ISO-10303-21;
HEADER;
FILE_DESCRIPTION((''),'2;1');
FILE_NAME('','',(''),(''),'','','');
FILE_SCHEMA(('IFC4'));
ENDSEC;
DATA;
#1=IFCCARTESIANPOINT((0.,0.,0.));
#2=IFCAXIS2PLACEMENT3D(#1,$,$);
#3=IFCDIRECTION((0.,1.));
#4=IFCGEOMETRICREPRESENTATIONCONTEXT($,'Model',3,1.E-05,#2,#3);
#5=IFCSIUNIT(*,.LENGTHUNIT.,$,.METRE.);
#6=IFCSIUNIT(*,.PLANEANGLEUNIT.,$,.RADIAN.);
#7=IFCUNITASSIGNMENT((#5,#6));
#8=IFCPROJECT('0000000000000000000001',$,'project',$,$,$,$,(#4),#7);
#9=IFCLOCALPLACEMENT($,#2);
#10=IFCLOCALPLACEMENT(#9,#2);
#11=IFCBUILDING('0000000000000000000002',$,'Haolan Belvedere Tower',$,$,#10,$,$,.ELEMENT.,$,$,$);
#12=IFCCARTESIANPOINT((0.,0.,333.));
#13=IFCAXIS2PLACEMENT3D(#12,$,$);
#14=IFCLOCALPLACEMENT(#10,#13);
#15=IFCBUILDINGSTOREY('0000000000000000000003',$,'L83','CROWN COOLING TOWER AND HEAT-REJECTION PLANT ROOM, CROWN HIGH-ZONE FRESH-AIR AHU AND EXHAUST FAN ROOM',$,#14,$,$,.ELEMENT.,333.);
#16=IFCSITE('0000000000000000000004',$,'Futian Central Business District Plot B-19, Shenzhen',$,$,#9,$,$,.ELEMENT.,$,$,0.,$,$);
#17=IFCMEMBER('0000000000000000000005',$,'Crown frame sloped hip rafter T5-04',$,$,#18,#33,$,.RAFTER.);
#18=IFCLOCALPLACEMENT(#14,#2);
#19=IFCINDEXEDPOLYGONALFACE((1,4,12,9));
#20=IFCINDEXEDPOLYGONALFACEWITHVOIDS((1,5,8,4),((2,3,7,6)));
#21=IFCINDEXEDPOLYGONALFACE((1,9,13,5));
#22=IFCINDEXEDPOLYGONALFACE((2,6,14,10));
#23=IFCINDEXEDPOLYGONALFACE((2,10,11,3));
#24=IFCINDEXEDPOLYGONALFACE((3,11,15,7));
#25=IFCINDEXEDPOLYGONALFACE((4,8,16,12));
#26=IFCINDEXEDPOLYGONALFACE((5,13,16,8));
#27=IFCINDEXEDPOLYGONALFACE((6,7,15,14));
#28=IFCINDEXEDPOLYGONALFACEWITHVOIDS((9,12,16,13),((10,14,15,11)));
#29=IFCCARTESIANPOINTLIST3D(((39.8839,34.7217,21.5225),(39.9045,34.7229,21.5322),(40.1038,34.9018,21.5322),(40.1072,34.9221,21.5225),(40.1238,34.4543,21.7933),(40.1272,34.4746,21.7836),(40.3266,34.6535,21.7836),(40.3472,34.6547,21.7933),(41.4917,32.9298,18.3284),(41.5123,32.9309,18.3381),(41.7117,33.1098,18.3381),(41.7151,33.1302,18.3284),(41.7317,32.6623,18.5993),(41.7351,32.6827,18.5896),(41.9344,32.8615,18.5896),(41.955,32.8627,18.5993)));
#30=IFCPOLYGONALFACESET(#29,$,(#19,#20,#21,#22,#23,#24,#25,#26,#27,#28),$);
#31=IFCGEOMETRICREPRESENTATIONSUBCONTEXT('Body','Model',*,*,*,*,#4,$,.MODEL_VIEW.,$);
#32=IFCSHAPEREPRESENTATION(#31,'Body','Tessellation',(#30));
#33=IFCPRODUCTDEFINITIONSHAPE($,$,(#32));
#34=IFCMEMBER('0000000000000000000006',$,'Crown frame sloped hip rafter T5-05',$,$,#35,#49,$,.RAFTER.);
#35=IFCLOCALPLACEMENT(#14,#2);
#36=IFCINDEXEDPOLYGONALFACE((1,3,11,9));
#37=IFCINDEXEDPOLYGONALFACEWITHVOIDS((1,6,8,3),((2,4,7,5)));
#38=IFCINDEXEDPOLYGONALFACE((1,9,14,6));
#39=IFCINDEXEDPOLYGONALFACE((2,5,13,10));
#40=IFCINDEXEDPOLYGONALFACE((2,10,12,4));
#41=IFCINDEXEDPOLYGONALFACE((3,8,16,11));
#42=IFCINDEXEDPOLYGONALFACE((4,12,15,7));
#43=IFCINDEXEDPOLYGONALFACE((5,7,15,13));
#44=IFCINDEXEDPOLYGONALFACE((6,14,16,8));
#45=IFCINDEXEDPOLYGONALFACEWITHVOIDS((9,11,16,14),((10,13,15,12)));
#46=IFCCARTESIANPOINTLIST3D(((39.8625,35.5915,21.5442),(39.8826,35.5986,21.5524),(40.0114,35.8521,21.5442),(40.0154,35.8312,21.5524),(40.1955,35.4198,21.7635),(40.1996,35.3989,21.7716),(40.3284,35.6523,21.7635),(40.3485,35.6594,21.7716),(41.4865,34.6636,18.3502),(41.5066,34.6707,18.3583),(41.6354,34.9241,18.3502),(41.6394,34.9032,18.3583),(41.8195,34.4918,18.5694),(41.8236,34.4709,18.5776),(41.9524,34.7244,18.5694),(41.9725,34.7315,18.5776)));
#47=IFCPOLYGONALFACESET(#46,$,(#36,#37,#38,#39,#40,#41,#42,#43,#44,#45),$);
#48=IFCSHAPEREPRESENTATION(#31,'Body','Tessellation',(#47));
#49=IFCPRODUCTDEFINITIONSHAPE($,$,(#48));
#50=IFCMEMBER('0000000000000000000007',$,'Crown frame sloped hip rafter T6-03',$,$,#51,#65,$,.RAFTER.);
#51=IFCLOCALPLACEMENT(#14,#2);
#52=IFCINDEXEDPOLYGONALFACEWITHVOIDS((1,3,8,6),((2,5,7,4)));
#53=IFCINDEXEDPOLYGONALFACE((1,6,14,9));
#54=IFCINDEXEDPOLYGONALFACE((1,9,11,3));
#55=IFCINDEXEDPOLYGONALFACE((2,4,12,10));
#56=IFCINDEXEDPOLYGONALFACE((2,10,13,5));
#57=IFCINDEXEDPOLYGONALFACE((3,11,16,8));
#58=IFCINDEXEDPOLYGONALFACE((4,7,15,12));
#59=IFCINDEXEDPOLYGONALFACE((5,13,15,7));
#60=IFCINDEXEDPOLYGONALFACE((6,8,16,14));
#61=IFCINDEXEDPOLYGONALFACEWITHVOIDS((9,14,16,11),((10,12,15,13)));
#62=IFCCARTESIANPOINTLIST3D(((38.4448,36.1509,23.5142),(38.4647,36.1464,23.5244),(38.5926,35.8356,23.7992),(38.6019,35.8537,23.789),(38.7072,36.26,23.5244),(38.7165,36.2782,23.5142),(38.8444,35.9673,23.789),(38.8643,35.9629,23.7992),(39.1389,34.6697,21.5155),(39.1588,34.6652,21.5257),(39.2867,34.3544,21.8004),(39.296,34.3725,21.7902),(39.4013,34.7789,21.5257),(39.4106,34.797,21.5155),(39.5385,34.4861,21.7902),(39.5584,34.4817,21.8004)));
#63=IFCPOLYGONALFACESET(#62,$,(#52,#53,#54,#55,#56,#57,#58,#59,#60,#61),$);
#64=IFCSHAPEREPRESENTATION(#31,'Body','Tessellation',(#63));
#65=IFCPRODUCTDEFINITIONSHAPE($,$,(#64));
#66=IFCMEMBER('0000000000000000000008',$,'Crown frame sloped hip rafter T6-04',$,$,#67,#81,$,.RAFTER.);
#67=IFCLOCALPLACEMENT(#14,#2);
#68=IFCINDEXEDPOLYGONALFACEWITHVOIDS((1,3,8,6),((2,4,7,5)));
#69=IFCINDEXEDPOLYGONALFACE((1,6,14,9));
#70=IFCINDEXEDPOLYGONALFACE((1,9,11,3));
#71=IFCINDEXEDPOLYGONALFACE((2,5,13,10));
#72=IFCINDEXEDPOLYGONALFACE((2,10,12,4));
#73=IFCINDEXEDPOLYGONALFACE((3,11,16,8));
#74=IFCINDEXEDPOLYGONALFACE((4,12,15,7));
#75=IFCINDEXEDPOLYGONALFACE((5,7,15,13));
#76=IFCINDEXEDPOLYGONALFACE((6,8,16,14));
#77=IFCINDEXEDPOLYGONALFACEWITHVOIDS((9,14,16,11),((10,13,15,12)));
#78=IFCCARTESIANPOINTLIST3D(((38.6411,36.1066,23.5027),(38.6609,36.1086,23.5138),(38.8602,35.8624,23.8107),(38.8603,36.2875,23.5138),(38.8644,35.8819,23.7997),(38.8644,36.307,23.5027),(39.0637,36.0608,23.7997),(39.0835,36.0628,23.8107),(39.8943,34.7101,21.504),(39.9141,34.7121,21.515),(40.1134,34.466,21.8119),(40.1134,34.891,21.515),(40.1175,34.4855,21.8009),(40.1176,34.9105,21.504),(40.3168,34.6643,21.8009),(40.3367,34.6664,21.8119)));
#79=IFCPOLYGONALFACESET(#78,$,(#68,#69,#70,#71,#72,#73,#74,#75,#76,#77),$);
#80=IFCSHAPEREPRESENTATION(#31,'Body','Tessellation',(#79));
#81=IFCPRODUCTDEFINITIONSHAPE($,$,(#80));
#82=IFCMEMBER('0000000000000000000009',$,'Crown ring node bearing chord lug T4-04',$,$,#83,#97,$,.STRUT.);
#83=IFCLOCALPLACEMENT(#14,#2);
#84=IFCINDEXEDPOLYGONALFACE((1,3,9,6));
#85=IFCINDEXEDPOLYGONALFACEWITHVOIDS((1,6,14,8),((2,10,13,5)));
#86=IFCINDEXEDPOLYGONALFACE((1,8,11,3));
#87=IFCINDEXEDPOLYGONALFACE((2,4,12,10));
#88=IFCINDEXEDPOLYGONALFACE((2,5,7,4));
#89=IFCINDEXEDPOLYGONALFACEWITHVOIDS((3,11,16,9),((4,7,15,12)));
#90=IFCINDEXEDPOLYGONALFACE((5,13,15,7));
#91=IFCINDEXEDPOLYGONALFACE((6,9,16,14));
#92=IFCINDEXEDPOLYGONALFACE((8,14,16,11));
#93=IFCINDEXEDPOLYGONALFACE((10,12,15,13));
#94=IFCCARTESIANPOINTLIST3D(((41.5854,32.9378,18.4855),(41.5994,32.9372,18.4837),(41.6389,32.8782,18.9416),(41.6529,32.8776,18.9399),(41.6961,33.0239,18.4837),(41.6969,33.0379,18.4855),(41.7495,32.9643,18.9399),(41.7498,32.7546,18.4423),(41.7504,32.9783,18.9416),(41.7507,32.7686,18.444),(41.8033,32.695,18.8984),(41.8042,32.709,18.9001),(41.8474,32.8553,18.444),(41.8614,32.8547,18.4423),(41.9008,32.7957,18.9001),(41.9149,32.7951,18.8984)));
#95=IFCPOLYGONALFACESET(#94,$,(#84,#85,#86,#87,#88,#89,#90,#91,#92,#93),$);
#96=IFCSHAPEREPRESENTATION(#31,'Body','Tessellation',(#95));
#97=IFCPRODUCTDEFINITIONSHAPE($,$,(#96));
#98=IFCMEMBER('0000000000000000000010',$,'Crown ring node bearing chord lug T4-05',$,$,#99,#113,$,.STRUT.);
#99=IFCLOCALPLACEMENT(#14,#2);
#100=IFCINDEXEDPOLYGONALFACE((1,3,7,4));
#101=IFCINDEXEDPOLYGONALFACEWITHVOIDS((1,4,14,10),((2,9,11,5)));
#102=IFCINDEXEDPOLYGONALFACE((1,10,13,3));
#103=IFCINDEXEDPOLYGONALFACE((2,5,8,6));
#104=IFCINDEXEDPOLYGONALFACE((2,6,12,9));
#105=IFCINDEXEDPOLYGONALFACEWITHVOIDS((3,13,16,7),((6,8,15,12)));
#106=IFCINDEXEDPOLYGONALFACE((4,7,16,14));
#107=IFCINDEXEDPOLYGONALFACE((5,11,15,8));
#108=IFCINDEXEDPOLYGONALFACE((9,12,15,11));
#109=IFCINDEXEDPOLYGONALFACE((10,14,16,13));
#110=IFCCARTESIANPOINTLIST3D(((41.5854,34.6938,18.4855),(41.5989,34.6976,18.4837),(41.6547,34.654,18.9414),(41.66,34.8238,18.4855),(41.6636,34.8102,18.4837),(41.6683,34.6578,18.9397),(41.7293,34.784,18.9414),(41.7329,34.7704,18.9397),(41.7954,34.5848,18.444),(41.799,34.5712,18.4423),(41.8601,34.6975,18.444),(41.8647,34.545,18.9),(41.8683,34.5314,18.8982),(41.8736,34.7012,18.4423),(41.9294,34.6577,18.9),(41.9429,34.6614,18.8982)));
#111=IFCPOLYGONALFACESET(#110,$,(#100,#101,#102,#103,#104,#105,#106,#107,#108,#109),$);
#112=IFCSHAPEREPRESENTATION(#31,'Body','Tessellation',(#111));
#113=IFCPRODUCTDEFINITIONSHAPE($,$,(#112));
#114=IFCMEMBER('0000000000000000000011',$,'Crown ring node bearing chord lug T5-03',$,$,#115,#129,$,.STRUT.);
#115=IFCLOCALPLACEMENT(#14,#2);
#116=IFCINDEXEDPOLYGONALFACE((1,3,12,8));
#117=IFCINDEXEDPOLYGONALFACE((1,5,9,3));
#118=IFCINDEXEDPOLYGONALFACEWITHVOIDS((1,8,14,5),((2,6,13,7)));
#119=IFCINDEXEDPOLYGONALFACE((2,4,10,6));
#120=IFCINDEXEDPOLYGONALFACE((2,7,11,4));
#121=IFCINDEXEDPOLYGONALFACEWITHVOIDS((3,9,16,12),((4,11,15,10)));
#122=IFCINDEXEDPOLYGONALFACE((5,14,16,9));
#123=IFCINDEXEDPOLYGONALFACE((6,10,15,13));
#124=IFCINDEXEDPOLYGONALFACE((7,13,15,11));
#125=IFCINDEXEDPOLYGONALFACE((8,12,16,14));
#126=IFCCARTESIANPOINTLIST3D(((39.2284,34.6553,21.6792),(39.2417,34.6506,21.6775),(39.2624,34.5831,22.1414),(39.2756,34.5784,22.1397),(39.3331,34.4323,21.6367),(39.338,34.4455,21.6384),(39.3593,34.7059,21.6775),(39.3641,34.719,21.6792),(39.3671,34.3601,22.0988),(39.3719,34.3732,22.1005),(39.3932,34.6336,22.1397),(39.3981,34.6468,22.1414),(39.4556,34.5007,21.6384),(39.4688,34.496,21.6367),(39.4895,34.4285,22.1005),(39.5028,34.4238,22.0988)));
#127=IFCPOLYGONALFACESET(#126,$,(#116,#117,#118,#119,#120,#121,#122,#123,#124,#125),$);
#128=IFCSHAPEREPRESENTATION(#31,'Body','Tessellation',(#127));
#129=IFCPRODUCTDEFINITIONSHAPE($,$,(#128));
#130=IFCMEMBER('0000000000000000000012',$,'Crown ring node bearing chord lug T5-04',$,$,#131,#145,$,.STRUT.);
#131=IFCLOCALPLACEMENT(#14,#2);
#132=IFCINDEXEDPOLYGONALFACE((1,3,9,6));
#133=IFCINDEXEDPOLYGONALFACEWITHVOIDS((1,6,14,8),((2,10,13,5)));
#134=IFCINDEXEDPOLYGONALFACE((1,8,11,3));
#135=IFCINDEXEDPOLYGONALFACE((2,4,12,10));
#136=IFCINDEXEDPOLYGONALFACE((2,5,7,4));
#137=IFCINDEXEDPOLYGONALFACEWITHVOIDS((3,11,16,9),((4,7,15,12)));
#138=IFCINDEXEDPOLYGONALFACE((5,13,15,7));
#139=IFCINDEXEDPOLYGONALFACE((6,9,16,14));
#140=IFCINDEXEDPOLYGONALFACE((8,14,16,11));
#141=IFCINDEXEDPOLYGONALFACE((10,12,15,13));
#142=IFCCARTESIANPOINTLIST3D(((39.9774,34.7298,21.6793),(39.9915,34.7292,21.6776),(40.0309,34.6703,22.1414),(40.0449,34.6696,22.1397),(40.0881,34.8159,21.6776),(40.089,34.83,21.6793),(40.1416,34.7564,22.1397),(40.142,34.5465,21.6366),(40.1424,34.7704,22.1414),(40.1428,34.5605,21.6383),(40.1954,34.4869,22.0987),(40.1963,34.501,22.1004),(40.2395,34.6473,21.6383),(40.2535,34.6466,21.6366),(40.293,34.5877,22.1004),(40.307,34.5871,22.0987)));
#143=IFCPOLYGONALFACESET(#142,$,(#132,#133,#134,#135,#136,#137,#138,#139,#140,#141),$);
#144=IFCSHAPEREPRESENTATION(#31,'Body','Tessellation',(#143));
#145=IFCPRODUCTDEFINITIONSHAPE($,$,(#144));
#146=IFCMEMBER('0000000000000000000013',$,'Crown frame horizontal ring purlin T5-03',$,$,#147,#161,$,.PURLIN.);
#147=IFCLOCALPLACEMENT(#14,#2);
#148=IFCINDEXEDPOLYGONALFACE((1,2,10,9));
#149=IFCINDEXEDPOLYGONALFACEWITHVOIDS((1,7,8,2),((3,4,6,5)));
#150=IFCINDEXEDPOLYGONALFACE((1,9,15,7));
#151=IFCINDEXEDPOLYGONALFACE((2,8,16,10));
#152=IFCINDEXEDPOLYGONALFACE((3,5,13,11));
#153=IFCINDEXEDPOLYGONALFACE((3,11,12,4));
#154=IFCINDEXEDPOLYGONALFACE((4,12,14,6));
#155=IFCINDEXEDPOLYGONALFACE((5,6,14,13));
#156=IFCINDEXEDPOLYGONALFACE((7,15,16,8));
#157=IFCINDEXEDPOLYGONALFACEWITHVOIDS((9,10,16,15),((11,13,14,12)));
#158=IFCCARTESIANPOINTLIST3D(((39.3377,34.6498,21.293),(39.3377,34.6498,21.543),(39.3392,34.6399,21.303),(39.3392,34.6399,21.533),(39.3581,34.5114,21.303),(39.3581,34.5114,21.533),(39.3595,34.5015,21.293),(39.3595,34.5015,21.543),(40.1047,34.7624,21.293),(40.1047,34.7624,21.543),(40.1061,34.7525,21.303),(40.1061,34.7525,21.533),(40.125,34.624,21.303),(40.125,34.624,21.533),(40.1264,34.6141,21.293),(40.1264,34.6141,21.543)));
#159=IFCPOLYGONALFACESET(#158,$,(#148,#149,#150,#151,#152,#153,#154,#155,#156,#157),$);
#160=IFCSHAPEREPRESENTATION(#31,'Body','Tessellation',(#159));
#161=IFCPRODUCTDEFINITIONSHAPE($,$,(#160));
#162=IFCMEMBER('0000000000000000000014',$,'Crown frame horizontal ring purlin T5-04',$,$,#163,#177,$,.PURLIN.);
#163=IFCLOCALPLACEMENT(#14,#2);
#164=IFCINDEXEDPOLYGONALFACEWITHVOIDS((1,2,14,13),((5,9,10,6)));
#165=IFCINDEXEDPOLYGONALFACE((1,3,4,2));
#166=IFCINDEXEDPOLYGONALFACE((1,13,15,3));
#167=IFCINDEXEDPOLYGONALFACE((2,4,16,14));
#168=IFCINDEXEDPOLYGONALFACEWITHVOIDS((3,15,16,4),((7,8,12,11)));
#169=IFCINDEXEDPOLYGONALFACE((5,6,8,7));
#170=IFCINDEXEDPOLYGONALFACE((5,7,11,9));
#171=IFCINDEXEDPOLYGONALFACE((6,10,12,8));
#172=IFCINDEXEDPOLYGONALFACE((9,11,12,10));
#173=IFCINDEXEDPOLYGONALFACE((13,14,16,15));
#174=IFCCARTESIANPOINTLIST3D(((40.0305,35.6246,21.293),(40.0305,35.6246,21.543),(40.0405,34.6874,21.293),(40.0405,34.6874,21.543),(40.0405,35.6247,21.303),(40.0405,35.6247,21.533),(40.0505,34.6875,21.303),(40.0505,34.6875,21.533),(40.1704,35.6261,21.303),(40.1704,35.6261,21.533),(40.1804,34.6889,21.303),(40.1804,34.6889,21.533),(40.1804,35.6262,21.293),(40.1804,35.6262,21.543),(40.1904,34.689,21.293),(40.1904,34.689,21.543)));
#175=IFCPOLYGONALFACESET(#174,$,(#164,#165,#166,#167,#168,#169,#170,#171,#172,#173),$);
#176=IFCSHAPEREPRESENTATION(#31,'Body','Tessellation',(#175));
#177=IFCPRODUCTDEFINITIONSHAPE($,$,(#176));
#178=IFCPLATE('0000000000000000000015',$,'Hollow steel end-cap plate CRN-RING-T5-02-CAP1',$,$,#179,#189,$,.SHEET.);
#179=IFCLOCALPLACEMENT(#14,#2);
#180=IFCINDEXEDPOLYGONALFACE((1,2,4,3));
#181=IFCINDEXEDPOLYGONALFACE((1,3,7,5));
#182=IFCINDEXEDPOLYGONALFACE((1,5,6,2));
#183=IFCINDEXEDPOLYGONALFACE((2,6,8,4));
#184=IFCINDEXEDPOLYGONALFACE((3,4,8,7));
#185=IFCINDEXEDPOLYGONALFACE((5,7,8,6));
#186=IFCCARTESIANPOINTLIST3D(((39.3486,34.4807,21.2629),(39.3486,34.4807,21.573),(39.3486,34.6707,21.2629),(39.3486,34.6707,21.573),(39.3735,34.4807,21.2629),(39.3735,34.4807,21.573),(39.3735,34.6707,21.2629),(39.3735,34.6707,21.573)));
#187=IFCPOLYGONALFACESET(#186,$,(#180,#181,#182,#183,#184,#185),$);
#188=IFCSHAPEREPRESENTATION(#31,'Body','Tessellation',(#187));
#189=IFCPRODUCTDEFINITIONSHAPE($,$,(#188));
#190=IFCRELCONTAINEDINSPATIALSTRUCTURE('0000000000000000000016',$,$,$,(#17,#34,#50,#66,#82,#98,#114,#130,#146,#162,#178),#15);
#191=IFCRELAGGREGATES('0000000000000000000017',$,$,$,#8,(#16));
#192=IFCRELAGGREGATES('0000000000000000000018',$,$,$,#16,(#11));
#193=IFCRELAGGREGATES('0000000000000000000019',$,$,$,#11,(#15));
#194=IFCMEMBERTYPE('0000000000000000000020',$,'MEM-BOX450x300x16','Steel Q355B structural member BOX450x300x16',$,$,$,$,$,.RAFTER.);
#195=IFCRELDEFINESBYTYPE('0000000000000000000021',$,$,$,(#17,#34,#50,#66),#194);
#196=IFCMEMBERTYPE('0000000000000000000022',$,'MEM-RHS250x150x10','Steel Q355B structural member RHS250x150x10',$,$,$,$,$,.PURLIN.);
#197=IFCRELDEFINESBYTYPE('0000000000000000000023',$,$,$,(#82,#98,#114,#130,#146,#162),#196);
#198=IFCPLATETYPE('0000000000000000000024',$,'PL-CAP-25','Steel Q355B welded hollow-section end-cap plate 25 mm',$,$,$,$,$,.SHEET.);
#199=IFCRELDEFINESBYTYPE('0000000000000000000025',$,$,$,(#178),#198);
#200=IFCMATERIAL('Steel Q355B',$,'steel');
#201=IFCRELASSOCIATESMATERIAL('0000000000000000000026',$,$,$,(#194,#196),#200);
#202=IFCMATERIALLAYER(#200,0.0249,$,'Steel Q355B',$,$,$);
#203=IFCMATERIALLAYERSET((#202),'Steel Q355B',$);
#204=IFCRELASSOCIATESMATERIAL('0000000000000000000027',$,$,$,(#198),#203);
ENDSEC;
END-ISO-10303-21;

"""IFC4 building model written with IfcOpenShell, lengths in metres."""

from ifc_helpers import new_model, si_unit, direction, frame, origin, origin_2d, place, context, subcontext, project, spatial, rectangle, hollow_rectangle, extrude, material, layer, layer_set, material_profile, profile_set, type_object, element, save


model = new_model("IFC4")

# Units and contexts
model_context = context("Model", 3, precision=1e-05, world=origin(), true_north=direction((0.0, 1.0)))
body_context = subcontext(model_context, "Body", "Model", "MODEL_VIEW")
ifc_project = project(units=[si_unit("LENGTHUNIT", "METRE"), si_unit("PLANEANGLEUNIT", "RADIAN")], contexts=[model_context])

# Site, building, storey
site_placement = place(None, origin())
site = spatial("IfcSite", under=ifc_project, at=site_placement, Name="Futian Central Business District Plot B-19, Shenzhen", CompositionType="ELEMENT", RefElevation=0.0)
building_placement = place(site_placement, origin())
building = spatial("IfcBuilding", under=site, at=building_placement, Name="Haolan Belvedere Tower", CompositionType="ELEMENT")
storey_placement = place(building_placement, frame((0.0, 0.0, 333.0)))
storey = spatial("IfcBuildingStorey", under=building, at=storey_placement, Name="L83", Description="CROWN COOLING TOWER AND HEAT-REJECTION PLANT ROOM, CROWN HIGH-ZONE FRESH-AIR AHU AND EXHAUST FAN ROOM", CompositionType="ELEMENT", Elevation=333.0)

# Members
ifc_material_1 = material(Name="Steel Q355B", Category="steel")
ifc_material_profile_1 = material_profile(ifc_material_1, hollow_rectangle(XDim=0.3, YDim=0.45, WallThickness=0.0161, at=origin_2d()), Name="Steel Q355B")
ifc_profile_set_1 = profile_set([ifc_material_profile_1], Name="Steel Q355B")
member_type_1 = type_object("IfcMemberType", Name="MEM-BOX450x300x16", Description="Steel Q355B structural member BOX450x300x16", PredefinedType="RAFTER", material=ifc_profile_set_1)
member_1_placement = place(storey_placement, frame((41.7234, 32.8962, 18.4639), z_axis=(-0.401992, 0.448014, 0.798552), x_axis=(-0.744302, -0.667843, 0.0)))
element("IfcMember", 1, at=member_1_placement, inside=storey, type_object=member_type_1, Name="Crown frame sloped hip rafter T5-04", PredefinedType="RAFTER", context=body_context, shape_type="SweptSolid", body=[
    extrude(hollow_rectangle(XDim=0.3, YDim=0.45, WallThickness=0.0161, at=origin_2d()), origin(), (0.0, 0.0, 1.0), 3.9998),
])
member_2_placement = place(storey_placement, frame((41.7295, 34.6975, 18.4639), z_axis=(-0.438752, 0.250706, 0.862927), x_axis=(-0.496125, -0.868251, 0.0)))
element("IfcMember", 2, at=member_2_placement, inside=storey, type_object=member_type_1, Name="Crown frame sloped hip rafter T5-05", PredefinedType="RAFTER", context=body_context, shape_type="SweptSolid", body=[
    extrude(hollow_rectangle(XDim=0.3, YDim=0.45, WallThickness=0.0161, at=origin_2d()), origin(), (0.0, 0.0, 1.0), 3.7014),
])
member_3_placement = place(storey_placement, frame((39.3486, 34.5757, 21.658), z_axis=(-0.268737, 0.573487, 0.773882), x_axis=(-0.905511, -0.424323, 0.0)))
element("IfcMember", 3, at=member_3_placement, inside=storey, type_object=member_type_1, Name="Crown frame sloped hip rafter T6-03", PredefinedType="RAFTER", context=body_context, shape_type="SweptSolid", body=[
    extrude(hollow_rectangle(XDim=0.3, YDim=0.45, WallThickness=0.0161, at=origin_2d()), origin(), (0.0, 0.0, 1.0), 2.5828),
])
member_4_placement = place(storey_placement, frame((40.1155, 34.6882, 21.658), z_axis=(-0.457115, 0.50939, 0.729087), x_axis=(-0.744264, -0.667886, 0.0)))
element("IfcMember", 4, at=member_4_placement, inside=storey, type_object=member_type_1, Name="Crown frame sloped hip rafter T6-04", PredefinedType="RAFTER", context=body_context, shape_type="SweptSolid", body=[
    extrude(hollow_rectangle(XDim=0.3, YDim=0.45, WallThickness=0.0161, at=origin_2d()), origin(), (0.0, 0.0, 1.0), 2.7415),
])
ifc_material_profile_2 = material_profile(ifc_material_1, hollow_rectangle(XDim=0.1499, YDim=0.25, WallThickness=0.01, at=origin_2d()), Name="Steel Q355B")
ifc_profile_set_2 = profile_set([ifc_material_profile_2], Name="Steel Q355B")
member_type_2 = type_object("IfcMemberType", Name="MEM-RHS250x150x10", Description="Steel Q355B structural member RHS250x150x10", PredefinedType="PURLIN", material=ifc_profile_set_2)
member_5_placement = place(storey_placement, frame((41.7234, 32.8962, 18.4639), z_axis=(0.115473, -0.128654, 0.984944), x_axis=(0.744203, 0.667953, 0.0)))
element("IfcMember", 5, at=member_5_placement, inside=storey, type_object=member_type_2, Name="Crown ring node bearing chord lug T4-04", PredefinedType="STRUT", context=body_context, shape_type="SweptSolid", body=[
    extrude(hollow_rectangle(XDim=0.1499, YDim=0.25, WallThickness=0.01, at=origin_2d()), origin(), (0.0, 0.0, 1.0), 0.4631),
])
member_6_placement = place(storey_placement, frame((41.7295, 34.6975, 18.4639), z_axis=(0.149751, -0.085949, 0.984981), x_axis=(0.497782, 0.867302, 0.0)))
element("IfcMember", 6, at=member_6_placement, inside=storey, type_object=member_type_2, Name="Crown ring node bearing chord lug T4-05", PredefinedType="STRUT", context=body_context, shape_type="SweptSolid", body=[
    extrude(hollow_rectangle(XDim=0.1499, YDim=0.25, WallThickness=0.01, at=origin_2d()), origin(), (0.0, 0.0, 1.0), 0.4629),
])
for number, where, z_axis, x_axis, name in (
    (7, (39.3486, 34.5757, 21.658), (0.072357, -0.154083, 0.985405), (0.905165, 0.425061, 0.0), "Crown ring node bearing chord lug T5-03"),
    (8, (40.1155, 34.6882, 21.658), (0.113992, -0.127005, 0.98533), (0.744203, 0.667953, 0.0), "Crown ring node bearing chord lug T5-04"),
):
    element("IfcMember", number, at=place(storey_placement, frame(where, z_axis=z_axis, x_axis=x_axis)), inside=storey, type_object=member_type_2, Name=name, PredefinedType="STRUT", context=body_context, shape_type="SweptSolid", body=[
        extrude(hollow_rectangle(XDim=0.1499, YDim=0.25, WallThickness=0.01, at=origin_2d()), origin(), (0.0, 0.0, 1.0), 0.469),
    ])
member_7_placement = place(storey_placement, frame((39.3486, 34.5757, 21.418), z_axis=(0.9894, 0.145213, 0.0), x_axis=(-0.145213, 0.9894, 0.0)))
element("IfcMember", 9, at=member_7_placement, inside=storey, type_object=member_type_2, Name="Crown frame horizontal ring purlin T5-03", PredefinedType="PURLIN", context=body_context, shape_type="SweptSolid", body=[
    extrude(hollow_rectangle(XDim=0.1499, YDim=0.25, WallThickness=0.01, at=origin_2d()), origin(), (0.0, 0.0, 1.0), 0.7751),
])
member_8_placement = place(storey_placement, frame((40.1155, 34.6882, 21.418), z_axis=(-0.010679, 0.999943, 0.0), x_axis=(-0.999943, -0.010679, 0.0)))
element("IfcMember", 10, at=member_8_placement, inside=storey, type_object=member_type_2, Name="Crown frame horizontal ring purlin T5-04", PredefinedType="PURLIN", context=body_context, shape_type="SweptSolid", body=[
    extrude(hollow_rectangle(XDim=0.1499, YDim=0.25, WallThickness=0.01, at=origin_2d()), origin(), (0.0, 0.0, 1.0), 0.9373),
])

# Plate
ifc_layer_1 = layer(ifc_material_1, 0.0249, Name="Steel Q355B")
ifc_layer_set_1 = layer_set([ifc_layer_1], Name="Steel Q355B")
plate_type = type_object("IfcPlateType", Name="PL-CAP-25", Description="Steel Q355B welded hollow-section end-cap plate 25 mm", PredefinedType="SHEET", material=ifc_layer_set_1)
plate_1_placement = place(storey_placement, frame((39.3611, 34.5757, 21.2629), z_axis=(0.0, 0.0, 1.0), x_axis=(0.0, 1.0, 0.0)))
element("IfcPlate", 11, at=plate_1_placement, inside=storey, type_object=plate_type, Name="Hollow steel end-cap plate CRN-RING-T5-02-CAP1", PredefinedType="SHEET", context=body_context, shape_type="SweptSolid", body=[
    extrude(rectangle(XDim=0.1899, YDim=0.0249, at=origin_2d()), origin(), (0.0, 0.0, 1.0), 0.3101),
])

save(model, "model.ifc")
